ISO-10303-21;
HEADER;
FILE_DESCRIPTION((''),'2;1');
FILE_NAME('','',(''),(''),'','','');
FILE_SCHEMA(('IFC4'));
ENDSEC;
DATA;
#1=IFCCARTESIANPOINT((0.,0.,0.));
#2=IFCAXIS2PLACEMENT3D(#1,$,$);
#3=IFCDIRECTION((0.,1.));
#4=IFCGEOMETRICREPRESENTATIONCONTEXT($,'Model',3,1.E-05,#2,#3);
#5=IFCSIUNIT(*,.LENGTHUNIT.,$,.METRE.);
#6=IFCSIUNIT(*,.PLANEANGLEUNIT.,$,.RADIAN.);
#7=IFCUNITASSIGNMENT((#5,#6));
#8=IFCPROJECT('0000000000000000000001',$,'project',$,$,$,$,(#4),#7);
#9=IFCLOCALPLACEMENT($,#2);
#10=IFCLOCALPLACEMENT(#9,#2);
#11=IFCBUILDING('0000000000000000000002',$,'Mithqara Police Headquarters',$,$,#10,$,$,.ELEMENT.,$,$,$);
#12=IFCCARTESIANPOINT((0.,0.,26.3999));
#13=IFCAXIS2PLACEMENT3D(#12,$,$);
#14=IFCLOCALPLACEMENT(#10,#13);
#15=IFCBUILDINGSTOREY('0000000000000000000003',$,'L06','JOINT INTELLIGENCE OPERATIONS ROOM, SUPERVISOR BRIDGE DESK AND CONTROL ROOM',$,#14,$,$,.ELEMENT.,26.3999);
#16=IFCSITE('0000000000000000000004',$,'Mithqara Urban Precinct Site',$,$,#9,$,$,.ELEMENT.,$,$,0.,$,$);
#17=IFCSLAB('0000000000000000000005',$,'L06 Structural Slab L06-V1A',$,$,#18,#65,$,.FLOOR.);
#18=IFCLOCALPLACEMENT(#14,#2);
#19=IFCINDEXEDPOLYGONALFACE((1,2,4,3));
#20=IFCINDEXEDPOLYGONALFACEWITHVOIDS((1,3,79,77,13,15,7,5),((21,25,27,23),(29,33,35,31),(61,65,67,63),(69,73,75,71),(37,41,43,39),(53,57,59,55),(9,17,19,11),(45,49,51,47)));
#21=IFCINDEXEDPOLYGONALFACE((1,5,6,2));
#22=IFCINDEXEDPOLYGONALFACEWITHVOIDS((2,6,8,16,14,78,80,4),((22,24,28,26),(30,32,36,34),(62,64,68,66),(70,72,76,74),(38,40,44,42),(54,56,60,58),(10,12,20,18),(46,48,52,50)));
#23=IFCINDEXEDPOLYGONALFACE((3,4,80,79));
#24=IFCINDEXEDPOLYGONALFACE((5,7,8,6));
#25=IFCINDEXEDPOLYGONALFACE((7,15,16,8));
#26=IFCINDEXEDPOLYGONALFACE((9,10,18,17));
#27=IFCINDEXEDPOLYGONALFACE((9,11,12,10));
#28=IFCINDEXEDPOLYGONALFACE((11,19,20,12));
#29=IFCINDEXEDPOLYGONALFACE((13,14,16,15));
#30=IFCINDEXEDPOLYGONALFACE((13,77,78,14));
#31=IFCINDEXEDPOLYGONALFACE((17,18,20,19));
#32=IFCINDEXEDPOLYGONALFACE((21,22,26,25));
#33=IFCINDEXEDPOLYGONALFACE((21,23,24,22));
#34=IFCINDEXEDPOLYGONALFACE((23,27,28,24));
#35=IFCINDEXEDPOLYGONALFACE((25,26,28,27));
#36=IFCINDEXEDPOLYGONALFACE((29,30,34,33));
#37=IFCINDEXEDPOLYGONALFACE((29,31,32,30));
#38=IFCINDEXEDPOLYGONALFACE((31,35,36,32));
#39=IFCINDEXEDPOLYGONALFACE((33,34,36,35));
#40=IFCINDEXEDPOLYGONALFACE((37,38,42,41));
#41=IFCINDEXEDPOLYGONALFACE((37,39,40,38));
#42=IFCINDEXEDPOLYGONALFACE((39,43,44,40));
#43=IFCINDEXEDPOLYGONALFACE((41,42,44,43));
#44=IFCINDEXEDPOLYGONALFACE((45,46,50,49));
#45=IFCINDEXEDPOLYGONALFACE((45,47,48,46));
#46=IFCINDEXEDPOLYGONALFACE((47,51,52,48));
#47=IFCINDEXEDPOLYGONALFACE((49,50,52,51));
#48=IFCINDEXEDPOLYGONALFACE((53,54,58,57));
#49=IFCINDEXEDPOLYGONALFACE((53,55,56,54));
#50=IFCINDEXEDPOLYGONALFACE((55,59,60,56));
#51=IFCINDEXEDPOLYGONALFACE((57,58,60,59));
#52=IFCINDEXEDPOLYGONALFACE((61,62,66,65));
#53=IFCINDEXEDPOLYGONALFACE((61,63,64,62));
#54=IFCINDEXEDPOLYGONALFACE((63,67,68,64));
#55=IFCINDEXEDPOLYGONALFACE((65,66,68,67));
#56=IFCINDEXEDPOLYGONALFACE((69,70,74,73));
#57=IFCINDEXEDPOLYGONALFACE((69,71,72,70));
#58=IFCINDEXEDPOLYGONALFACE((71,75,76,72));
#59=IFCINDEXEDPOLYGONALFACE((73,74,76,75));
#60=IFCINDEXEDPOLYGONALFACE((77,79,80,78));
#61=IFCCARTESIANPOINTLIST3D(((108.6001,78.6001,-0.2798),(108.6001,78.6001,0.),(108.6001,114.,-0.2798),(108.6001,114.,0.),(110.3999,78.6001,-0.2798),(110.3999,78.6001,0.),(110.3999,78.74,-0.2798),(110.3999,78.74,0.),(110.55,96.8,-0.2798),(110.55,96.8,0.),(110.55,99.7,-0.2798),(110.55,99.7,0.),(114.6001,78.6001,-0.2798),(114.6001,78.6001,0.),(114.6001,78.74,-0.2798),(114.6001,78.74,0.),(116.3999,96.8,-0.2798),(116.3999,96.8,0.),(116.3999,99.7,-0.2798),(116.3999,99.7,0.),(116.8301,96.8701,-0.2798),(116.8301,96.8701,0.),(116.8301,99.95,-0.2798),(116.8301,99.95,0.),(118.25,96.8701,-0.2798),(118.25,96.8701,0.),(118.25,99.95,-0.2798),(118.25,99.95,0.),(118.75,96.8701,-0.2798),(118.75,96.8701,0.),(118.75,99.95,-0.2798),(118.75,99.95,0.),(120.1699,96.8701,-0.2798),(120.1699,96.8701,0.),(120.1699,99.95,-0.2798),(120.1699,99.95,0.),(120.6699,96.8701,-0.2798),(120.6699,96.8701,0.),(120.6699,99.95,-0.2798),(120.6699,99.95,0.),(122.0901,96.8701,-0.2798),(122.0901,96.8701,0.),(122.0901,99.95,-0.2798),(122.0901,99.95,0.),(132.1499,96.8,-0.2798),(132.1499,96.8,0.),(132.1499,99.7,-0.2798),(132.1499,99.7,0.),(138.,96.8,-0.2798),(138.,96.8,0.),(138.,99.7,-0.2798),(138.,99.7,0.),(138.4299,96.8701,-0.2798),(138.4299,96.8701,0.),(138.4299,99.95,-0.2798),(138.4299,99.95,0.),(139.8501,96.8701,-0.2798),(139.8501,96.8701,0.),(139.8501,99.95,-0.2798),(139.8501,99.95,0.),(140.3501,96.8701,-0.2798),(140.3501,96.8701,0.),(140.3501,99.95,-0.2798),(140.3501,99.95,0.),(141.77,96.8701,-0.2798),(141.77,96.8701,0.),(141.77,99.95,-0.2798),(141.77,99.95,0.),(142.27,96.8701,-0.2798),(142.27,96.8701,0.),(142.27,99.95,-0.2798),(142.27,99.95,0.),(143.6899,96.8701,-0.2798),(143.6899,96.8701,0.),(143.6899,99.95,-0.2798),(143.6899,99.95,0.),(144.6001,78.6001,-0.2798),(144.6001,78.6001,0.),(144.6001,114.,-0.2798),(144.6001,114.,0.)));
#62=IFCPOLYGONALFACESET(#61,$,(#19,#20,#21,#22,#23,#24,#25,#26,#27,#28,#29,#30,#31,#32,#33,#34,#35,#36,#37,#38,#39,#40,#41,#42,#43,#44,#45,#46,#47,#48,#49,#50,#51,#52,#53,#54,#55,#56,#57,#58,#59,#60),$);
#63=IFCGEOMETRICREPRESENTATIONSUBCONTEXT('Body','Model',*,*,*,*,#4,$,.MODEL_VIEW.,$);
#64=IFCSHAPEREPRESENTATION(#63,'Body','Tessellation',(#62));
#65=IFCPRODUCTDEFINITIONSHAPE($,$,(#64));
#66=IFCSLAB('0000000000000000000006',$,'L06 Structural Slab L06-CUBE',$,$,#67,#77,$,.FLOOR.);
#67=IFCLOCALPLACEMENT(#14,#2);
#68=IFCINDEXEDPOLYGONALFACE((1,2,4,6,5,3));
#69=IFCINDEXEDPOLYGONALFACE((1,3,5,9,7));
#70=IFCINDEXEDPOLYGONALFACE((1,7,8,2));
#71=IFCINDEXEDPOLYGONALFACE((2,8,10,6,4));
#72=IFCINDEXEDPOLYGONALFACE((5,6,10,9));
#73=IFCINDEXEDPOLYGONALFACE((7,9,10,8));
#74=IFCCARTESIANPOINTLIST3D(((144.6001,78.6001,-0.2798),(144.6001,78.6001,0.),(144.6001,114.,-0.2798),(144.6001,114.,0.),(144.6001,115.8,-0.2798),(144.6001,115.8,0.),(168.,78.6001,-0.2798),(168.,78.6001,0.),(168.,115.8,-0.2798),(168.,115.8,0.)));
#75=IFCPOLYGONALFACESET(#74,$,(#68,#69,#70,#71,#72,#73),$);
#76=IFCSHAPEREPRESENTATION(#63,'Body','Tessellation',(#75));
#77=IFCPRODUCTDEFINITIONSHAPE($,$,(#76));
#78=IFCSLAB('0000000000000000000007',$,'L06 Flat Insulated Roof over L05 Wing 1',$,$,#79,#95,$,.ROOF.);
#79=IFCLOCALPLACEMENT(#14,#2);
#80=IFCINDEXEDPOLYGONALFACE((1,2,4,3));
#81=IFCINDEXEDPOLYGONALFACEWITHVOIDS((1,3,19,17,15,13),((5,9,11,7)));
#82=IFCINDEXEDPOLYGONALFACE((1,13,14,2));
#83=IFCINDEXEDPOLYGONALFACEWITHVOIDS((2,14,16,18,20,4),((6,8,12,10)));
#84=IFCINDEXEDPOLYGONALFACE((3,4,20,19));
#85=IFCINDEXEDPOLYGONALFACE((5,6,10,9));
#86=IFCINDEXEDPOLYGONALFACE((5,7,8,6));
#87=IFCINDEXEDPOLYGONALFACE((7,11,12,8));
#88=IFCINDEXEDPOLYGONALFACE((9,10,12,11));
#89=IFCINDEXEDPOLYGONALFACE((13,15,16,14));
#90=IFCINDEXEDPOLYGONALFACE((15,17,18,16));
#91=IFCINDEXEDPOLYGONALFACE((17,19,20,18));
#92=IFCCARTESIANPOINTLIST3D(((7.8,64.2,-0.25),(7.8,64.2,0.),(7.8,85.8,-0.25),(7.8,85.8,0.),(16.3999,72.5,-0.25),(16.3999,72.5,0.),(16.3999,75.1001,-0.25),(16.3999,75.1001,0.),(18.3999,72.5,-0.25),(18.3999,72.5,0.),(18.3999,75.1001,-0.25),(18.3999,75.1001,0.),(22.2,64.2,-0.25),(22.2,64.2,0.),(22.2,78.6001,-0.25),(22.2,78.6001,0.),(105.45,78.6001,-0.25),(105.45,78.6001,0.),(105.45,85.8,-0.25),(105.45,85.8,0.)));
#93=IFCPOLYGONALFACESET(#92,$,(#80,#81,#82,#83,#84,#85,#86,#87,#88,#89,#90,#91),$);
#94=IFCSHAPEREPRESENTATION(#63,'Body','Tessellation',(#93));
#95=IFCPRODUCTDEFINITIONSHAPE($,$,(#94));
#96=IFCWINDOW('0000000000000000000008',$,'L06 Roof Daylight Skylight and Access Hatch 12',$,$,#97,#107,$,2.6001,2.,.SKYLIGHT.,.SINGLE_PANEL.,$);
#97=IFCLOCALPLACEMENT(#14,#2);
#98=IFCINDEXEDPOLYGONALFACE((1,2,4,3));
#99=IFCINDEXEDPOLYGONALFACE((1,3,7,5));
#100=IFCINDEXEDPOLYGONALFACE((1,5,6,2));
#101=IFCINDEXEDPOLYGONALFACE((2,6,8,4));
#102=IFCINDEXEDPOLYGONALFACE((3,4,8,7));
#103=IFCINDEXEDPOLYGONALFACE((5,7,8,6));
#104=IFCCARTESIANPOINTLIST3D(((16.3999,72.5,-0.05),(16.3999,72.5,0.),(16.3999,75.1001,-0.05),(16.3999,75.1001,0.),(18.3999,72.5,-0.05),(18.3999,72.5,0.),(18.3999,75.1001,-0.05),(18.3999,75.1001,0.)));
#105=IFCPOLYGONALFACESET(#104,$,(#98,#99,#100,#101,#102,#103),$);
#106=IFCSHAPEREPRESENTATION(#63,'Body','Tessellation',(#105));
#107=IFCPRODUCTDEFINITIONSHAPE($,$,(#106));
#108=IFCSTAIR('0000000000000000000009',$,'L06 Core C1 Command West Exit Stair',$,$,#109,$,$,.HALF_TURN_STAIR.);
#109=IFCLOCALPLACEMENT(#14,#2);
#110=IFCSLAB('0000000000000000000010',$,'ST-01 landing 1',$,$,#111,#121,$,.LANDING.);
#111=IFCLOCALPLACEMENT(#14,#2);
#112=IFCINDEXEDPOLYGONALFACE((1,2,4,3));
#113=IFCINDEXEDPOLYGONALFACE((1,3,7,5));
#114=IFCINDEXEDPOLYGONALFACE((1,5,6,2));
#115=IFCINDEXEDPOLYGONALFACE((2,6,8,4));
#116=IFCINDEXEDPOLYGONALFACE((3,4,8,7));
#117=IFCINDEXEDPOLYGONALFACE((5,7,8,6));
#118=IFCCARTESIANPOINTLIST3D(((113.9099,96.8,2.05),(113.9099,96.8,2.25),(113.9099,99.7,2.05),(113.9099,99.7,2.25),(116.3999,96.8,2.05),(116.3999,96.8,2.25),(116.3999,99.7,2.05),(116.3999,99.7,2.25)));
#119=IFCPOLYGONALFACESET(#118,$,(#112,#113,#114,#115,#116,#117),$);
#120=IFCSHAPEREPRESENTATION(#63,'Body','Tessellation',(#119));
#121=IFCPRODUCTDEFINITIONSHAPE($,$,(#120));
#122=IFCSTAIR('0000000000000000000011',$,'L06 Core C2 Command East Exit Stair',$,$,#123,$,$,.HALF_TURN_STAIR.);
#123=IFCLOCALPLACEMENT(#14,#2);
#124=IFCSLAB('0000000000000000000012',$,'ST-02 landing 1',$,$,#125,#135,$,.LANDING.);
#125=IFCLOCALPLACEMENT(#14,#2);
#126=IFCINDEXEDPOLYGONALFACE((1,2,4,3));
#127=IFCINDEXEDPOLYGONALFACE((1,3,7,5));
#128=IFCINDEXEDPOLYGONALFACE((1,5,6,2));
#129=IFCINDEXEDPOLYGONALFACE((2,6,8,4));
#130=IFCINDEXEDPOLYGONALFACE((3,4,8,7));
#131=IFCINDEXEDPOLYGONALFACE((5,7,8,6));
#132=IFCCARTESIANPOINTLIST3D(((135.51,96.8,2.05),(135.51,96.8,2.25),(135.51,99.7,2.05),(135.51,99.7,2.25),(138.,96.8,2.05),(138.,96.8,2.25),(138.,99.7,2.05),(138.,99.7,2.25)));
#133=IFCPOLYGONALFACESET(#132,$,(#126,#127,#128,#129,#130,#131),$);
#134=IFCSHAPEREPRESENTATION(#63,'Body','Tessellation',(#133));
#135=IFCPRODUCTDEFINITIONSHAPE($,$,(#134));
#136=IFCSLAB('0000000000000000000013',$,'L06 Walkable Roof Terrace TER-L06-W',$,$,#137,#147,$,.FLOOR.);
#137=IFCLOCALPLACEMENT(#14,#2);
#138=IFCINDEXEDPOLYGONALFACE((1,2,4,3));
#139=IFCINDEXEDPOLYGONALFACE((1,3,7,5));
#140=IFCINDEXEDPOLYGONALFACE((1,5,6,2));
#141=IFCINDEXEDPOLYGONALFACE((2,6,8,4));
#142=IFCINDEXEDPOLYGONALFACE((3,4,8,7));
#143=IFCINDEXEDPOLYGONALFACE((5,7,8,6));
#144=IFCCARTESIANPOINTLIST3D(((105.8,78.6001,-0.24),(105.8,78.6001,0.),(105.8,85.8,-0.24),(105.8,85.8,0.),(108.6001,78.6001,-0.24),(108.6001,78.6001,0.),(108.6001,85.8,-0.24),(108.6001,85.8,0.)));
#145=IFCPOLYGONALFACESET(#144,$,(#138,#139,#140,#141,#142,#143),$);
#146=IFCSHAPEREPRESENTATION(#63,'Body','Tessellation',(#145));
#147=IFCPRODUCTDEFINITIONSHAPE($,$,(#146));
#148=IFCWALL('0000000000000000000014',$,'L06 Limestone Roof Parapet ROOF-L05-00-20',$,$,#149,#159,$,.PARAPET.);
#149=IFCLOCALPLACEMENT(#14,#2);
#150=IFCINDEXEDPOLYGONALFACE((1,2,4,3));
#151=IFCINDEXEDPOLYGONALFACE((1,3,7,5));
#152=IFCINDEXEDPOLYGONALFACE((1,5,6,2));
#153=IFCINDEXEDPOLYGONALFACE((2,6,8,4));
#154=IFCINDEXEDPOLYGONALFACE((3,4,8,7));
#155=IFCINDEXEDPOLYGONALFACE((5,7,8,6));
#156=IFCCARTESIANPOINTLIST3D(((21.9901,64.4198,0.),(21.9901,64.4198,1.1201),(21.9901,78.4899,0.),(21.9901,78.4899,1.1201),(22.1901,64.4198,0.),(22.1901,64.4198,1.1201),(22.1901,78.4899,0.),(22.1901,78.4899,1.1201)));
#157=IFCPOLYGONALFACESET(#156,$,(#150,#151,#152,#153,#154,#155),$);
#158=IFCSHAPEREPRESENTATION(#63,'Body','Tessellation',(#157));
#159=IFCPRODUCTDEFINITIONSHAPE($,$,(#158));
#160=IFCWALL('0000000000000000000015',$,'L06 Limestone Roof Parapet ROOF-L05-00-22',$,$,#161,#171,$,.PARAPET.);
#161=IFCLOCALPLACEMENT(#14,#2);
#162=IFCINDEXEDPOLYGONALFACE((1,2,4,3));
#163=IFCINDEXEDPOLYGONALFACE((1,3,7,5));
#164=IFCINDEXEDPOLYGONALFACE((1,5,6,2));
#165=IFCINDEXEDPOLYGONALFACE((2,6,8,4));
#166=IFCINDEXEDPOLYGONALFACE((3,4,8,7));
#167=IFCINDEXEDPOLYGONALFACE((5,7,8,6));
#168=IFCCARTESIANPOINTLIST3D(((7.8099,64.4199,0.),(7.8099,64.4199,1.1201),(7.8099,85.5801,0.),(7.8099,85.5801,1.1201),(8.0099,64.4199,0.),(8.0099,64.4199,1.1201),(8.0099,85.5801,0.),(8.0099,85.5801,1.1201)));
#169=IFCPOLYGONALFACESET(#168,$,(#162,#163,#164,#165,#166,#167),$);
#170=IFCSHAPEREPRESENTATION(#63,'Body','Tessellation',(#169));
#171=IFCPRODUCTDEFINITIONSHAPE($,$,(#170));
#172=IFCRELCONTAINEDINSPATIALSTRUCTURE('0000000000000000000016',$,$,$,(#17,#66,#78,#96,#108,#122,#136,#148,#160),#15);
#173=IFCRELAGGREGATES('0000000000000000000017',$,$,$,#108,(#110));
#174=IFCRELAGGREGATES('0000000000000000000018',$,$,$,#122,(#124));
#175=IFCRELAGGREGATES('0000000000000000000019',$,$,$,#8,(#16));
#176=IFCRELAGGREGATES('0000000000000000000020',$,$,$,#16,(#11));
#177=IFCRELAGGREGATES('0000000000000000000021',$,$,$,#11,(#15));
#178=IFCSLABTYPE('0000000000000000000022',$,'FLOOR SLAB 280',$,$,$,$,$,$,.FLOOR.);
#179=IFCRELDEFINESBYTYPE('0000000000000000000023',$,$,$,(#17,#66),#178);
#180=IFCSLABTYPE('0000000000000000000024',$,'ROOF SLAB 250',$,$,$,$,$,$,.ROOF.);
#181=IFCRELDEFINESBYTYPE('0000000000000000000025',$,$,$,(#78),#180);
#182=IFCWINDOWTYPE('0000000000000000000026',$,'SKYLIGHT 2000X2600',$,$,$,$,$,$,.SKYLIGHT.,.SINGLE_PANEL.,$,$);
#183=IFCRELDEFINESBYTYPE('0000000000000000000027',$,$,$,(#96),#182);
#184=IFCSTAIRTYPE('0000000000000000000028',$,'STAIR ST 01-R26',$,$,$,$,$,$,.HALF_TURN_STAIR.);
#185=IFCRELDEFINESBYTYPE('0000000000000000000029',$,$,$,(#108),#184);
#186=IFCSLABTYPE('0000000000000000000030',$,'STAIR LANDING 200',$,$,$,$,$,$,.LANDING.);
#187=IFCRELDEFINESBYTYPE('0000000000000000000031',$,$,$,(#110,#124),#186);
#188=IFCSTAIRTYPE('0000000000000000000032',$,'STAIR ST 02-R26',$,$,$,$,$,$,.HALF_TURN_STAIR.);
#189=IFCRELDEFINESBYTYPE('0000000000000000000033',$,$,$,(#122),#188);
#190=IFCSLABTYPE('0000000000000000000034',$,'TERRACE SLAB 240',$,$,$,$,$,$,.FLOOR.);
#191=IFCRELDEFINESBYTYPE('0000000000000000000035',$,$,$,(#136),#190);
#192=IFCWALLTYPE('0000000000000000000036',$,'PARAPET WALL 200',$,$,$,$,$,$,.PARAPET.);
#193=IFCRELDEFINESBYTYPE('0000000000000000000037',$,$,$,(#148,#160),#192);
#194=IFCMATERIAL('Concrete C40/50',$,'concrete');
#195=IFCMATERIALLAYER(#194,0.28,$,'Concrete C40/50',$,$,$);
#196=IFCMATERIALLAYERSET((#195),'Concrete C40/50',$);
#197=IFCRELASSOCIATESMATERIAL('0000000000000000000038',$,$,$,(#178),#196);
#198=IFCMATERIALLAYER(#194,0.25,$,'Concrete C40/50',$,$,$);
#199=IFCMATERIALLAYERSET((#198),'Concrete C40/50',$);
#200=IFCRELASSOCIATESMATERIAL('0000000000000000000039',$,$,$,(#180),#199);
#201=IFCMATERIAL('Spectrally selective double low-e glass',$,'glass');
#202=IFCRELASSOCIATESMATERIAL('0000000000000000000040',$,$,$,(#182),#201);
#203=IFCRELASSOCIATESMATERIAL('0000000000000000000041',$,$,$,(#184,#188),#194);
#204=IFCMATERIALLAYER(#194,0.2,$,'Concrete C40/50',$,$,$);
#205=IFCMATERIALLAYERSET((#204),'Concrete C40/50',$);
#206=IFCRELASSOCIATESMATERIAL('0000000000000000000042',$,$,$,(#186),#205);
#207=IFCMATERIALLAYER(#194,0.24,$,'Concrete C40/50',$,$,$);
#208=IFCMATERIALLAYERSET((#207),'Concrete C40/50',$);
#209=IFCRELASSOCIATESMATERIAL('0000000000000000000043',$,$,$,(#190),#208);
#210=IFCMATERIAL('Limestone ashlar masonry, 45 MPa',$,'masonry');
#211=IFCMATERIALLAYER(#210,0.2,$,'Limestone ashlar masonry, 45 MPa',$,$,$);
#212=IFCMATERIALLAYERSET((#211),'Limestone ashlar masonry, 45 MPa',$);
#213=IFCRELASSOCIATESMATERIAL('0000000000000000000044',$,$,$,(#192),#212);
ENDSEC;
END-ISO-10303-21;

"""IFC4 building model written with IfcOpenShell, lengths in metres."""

from ifc_helpers import new_model, si_unit, direction, frame, frame_2d, origin, origin_2d, place, context, subcontext, project, spatial, polyline, rectangle, outline, extrude, material, layer, layer_set, type_object, element, fill, aggregate, save


model = new_model("IFC4")

# Units and contexts
model_context = context("Model", 3, precision=1e-05, world=origin(), true_north=direction((0.0, 1.0)))
body_context = subcontext(model_context, "Body", "Model", "MODEL_VIEW")
ifc_project = project(units=[si_unit("LENGTHUNIT", "METRE"), si_unit("PLANEANGLEUNIT", "RADIAN")], contexts=[model_context])

# Site, building, storey
site_placement = place(None, origin())
site = spatial("IfcSite", under=ifc_project, at=site_placement, Name="Mithqara Urban Precinct Site", CompositionType="ELEMENT", RefElevation=0.0)
building_placement = place(site_placement, origin())
building = spatial("IfcBuilding", under=site, at=building_placement, Name="Mithqara Police Headquarters", CompositionType="ELEMENT")
storey_placement = place(building_placement, frame((0.0, 0.0, 26.3999)))
storey = spatial("IfcBuildingStorey", under=building, at=storey_placement, Name="L06", Description="JOINT INTELLIGENCE OPERATIONS ROOM, SUPERVISOR BRIDGE DESK AND CONTROL ROOM", CompositionType="ELEMENT", Elevation=26.3999)

# Slabs
ifc_material_1 = material(Name="Concrete C40/50", Category="concrete")
ifc_layer_1 = layer(ifc_material_1, 0.28, Name="Concrete C40/50")
ifc_layer_set_1 = layer_set([ifc_layer_1], Name="Concrete C40/50")
slab_type_1 = type_object("IfcSlabType", Name="FLOOR SLAB 280", PredefinedType="FLOOR", material=ifc_layer_set_1)
slab_1_placement = place(storey_placement, frame((0.0, 0.0, -0.2798)))
element("IfcSlab", 1, at=slab_1_placement, inside=storey, type_object=slab_type_1, Name="L06 Structural Slab L06-V1A", PredefinedType="FLOOR", context=body_context, shape_type="SweptSolid", body=[
    extrude(outline(polyline([(108.6001, 114.0), (144.6001, 114.0), (144.6001, 78.6001), (114.6001, 78.6001), (114.6001, 78.74), (110.3999, 78.74), (110.3999, 78.6001), (108.6001, 78.6001), (108.6001, 114.0)]), holes=[polyline([(110.55, 96.8), (116.3999, 96.8), (116.3999, 99.7), (110.55, 99.7), (110.55, 96.8)]), polyline([(132.1499, 96.8), (138.0, 96.8), (138.0, 99.7), (132.1499, 99.7), (132.1499, 96.8)]), polyline([(118.25, 96.8701), (118.25, 99.95), (116.8301, 99.95), (116.8301, 96.8701), (118.25, 96.8701)]), polyline([(120.1699, 96.8701), (120.1699, 99.95), (118.75, 99.95), (118.75, 96.8701), (120.1699, 96.8701)]), polyline([(122.0901, 96.8701), (122.0901, 99.95), (120.6699, 99.95), (120.6699, 96.8701), (122.0901, 96.8701)]), polyline([(139.8501, 96.8701), (139.8501, 99.95), (138.4299, 99.95), (138.4299, 96.8701), (139.8501, 96.8701)]), polyline([(141.77, 96.8701), (141.77, 99.95), (140.3501, 99.95), (140.3501, 96.8701), (141.77, 96.8701)]), polyline([(143.6899, 96.8701), (143.6899, 99.95), (142.27, 99.95), (142.27, 96.8701), (143.6899, 96.8701)])]), origin(), (0.0, 0.0, 1.0), 0.2798),
])
slab_2_placement = place(storey_placement, frame((0.0, 0.0, -0.2798)))
element("IfcSlab", 2, at=slab_2_placement, inside=storey, type_object=slab_type_1, Name="L06 Structural Slab L06-CUBE", PredefinedType="FLOOR", context=body_context, shape_type="SweptSolid", body=[
    extrude(outline(polyline([(144.6001, 115.8), (168.0, 115.8), (168.0, 78.6001), (144.6001, 78.6001), (144.6001, 114.0), (144.6001, 115.8)])), origin(), (0.0, 0.0, 1.0), 0.2798),
])

# Slab, opening, window
ifc_layer_2 = layer(ifc_material_1, 0.25, Name="Concrete C40/50")
ifc_layer_set_2 = layer_set([ifc_layer_2], Name="Concrete C40/50")
slab_type_2 = type_object("IfcSlabType", Name="ROOF SLAB 250", PredefinedType="ROOF", material=ifc_layer_set_2)
slab_3_placement = place(storey_placement, frame((0.0, 0.0, -0.25)))
slab_3 = element("IfcSlab", 3, at=slab_3_placement, inside=storey, type_object=slab_type_2, Name="L06 Flat Insulated Roof over L05 Wing 1", PredefinedType="ROOF", context=body_context, shape_type="SweptSolid", body=[
    extrude(outline(polyline([(7.8, 78.6001), (7.8, 85.8), (105.45, 85.8), (105.45, 78.6001), (22.2, 78.6001), (22.2, 64.2), (7.8, 64.2), (7.8, 78.6001)]), holes=[polyline([(16.3999, 72.5), (18.3999, 72.5), (18.3999, 75.1001), (16.3999, 75.1001), (16.3999, 72.5)])]), origin(), (0.0, 0.0, 1.0), 0.25),
])
opening_placement = place(slab_3_placement, frame((17.3999, 73.8, -0.01)))
opening = element("IfcOpeningElement", 4, at=opening_placement, cuts=slab_3, PredefinedType="OPENING", context=body_context, shape_type="SweptSolid", body=[
    extrude(rectangle(XDim=2.0, YDim=2.6001, at=origin_2d()), origin(), (0.0, 0.0, 1.0), 0.27),
])
ifc_material_2 = material(Name="Spectrally selective double low-e glass", Category="glass")
window_type = type_object("IfcWindowType", Name="SKYLIGHT 2000X2600", PartitioningType="SINGLE_PANEL", PredefinedType="SKYLIGHT", material=ifc_material_2)
window_placement = place(opening_placement, frame((0.0, 0.0, 0.21)))
window = element("IfcWindow", 5, at=window_placement, inside=storey, type_object=window_type, Name="L06 Roof Daylight Skylight and Access Hatch 12", OverallHeight=2.6001, OverallWidth=2.0, PartitioningType="SINGLE_PANEL", PredefinedType="SKYLIGHT", context=body_context, shape_type="SweptSolid", body=[
    extrude(rectangle(XDim=2.0, YDim=2.6001, at=origin_2d()), origin(), (0.0, 0.0, 1.0), 0.05),
])
fill(opening, window)

# Stairs, slabs
stair_type_1 = type_object("IfcStairType", Name="STAIR ST 01-R26", PredefinedType="HALF_TURN_STAIR", material=ifc_material_1)
stair_1_placement = place(storey_placement, origin())
stair_1 = element("IfcStair", 6, at=stair_1_placement, inside=storey, type_object=stair_type_1, Name="L06 Core C1 Command West Exit Stair", PredefinedType="HALF_TURN_STAIR")
ifc_layer_3 = layer(ifc_material_1, 0.2, Name="Concrete C40/50")
ifc_layer_set_3 = layer_set([ifc_layer_3], Name="Concrete C40/50")
slab_type_3 = type_object("IfcSlabType", Name="STAIR LANDING 200", PredefinedType="LANDING", material=ifc_layer_set_3)
slab_4_placement = place(storey_placement, frame((0.0, 0.0, 2.05)))
slab_4 = element("IfcSlab", 7, at=slab_4_placement, type_object=slab_type_3, Name="ST-01 landing 1", PredefinedType="LANDING", context=body_context, shape_type="SweptSolid", body=[
    extrude(outline(polyline([(113.9099, 96.8), (116.3999, 96.8), (116.3999, 99.7), (113.9099, 99.7), (113.9099, 96.8)])), origin(), (0.0, 0.0, 1.0), 0.2),
])
aggregate(stair_1, [slab_4])
stair_type_2 = type_object("IfcStairType", Name="STAIR ST 02-R26", PredefinedType="HALF_TURN_STAIR", material=ifc_material_1)
stair_2_placement = place(storey_placement, origin())
stair_2 = element("IfcStair", 8, at=stair_2_placement, inside=storey, type_object=stair_type_2, Name="L06 Core C2 Command East Exit Stair", PredefinedType="HALF_TURN_STAIR")
slab_5_placement = place(storey_placement, frame((0.0, 0.0, 2.05)))
slab_5 = element("IfcSlab", 9, at=slab_5_placement, type_object=slab_type_3, Name="ST-02 landing 1", PredefinedType="LANDING", context=body_context, shape_type="SweptSolid", body=[
    extrude(outline(polyline([(135.51, 96.8), (138.0, 96.8), (138.0, 99.7), (135.51, 99.7), (135.51, 96.8)])), origin(), (0.0, 0.0, 1.0), 0.2),
])
aggregate(stair_2, [slab_5])

# Slab
ifc_layer_4 = layer(ifc_material_1, 0.24, Name="Concrete C40/50")
ifc_layer_set_4 = layer_set([ifc_layer_4], Name="Concrete C40/50")
slab_type_4 = type_object("IfcSlabType", Name="TERRACE SLAB 240", PredefinedType="FLOOR", material=ifc_layer_set_4)
slab_6_placement = place(storey_placement, frame((0.0, 0.0, -0.24)))
element("IfcSlab", 10, at=slab_6_placement, inside=storey, type_object=slab_type_4, Name="L06 Walkable Roof Terrace TER-L06-W", PredefinedType="FLOOR", context=body_context, shape_type="SweptSolid", body=[
    extrude(outline(polyline([(108.6001, 78.6001), (105.8, 78.6001), (105.8, 85.8), (108.6001, 85.8), (108.6001, 78.6001)])), origin(), (0.0, 0.0, 1.0), 0.24),
])

# Walls
ifc_material_3 = material(Name="Limestone ashlar masonry, 45 MPa", Category="masonry")
ifc_layer_5 = layer(ifc_material_3, 0.2, Name="Limestone ashlar masonry, 45 MPa")
ifc_layer_set_5 = layer_set([ifc_layer_5], Name="Limestone ashlar masonry, 45 MPa")
wall_type_1 = type_object("IfcWallType", Name="PARAPET WALL 200", PredefinedType="PARAPET", material=ifc_layer_set_5)
wall_1_placement = place(storey_placement, frame((22.0901, 78.49, 0.0), z_axis=(0.0, 0.0, 1.0), x_axis=(0.0, -1.0, 0.0)))
element("IfcWall", 11, at=wall_1_placement, inside=storey, type_object=wall_type_1, Name="L06 Limestone Roof Parapet ROOF-L05-00-20", PredefinedType="PARAPET", context=body_context, shape_type="SweptSolid", body=[
    extrude(rectangle(XDim=14.0701, YDim=0.2, at=frame_2d((7.0352, 0.0))), origin(), (0.0, 0.0, 1.0), 1.1201),
])
wall_2_placement = place(storey_placement, frame((7.9099, 64.4199, 0.0), z_axis=(0.0, 0.0, 1.0), x_axis=(0.0, 1.0, 0.0)))
element("IfcWall", 12, at=wall_2_placement, inside=storey, type_object=wall_type_1, Name="L06 Limestone Roof Parapet ROOF-L05-00-22", PredefinedType="PARAPET", context=body_context, shape_type="SweptSolid", body=[
    extrude(rectangle(XDim=21.1602, YDim=0.2, at=frame_2d((10.5801, 0.0))), origin(), (0.0, 0.0, 1.0), 1.1201),
])

save(model, "model.ifc")
